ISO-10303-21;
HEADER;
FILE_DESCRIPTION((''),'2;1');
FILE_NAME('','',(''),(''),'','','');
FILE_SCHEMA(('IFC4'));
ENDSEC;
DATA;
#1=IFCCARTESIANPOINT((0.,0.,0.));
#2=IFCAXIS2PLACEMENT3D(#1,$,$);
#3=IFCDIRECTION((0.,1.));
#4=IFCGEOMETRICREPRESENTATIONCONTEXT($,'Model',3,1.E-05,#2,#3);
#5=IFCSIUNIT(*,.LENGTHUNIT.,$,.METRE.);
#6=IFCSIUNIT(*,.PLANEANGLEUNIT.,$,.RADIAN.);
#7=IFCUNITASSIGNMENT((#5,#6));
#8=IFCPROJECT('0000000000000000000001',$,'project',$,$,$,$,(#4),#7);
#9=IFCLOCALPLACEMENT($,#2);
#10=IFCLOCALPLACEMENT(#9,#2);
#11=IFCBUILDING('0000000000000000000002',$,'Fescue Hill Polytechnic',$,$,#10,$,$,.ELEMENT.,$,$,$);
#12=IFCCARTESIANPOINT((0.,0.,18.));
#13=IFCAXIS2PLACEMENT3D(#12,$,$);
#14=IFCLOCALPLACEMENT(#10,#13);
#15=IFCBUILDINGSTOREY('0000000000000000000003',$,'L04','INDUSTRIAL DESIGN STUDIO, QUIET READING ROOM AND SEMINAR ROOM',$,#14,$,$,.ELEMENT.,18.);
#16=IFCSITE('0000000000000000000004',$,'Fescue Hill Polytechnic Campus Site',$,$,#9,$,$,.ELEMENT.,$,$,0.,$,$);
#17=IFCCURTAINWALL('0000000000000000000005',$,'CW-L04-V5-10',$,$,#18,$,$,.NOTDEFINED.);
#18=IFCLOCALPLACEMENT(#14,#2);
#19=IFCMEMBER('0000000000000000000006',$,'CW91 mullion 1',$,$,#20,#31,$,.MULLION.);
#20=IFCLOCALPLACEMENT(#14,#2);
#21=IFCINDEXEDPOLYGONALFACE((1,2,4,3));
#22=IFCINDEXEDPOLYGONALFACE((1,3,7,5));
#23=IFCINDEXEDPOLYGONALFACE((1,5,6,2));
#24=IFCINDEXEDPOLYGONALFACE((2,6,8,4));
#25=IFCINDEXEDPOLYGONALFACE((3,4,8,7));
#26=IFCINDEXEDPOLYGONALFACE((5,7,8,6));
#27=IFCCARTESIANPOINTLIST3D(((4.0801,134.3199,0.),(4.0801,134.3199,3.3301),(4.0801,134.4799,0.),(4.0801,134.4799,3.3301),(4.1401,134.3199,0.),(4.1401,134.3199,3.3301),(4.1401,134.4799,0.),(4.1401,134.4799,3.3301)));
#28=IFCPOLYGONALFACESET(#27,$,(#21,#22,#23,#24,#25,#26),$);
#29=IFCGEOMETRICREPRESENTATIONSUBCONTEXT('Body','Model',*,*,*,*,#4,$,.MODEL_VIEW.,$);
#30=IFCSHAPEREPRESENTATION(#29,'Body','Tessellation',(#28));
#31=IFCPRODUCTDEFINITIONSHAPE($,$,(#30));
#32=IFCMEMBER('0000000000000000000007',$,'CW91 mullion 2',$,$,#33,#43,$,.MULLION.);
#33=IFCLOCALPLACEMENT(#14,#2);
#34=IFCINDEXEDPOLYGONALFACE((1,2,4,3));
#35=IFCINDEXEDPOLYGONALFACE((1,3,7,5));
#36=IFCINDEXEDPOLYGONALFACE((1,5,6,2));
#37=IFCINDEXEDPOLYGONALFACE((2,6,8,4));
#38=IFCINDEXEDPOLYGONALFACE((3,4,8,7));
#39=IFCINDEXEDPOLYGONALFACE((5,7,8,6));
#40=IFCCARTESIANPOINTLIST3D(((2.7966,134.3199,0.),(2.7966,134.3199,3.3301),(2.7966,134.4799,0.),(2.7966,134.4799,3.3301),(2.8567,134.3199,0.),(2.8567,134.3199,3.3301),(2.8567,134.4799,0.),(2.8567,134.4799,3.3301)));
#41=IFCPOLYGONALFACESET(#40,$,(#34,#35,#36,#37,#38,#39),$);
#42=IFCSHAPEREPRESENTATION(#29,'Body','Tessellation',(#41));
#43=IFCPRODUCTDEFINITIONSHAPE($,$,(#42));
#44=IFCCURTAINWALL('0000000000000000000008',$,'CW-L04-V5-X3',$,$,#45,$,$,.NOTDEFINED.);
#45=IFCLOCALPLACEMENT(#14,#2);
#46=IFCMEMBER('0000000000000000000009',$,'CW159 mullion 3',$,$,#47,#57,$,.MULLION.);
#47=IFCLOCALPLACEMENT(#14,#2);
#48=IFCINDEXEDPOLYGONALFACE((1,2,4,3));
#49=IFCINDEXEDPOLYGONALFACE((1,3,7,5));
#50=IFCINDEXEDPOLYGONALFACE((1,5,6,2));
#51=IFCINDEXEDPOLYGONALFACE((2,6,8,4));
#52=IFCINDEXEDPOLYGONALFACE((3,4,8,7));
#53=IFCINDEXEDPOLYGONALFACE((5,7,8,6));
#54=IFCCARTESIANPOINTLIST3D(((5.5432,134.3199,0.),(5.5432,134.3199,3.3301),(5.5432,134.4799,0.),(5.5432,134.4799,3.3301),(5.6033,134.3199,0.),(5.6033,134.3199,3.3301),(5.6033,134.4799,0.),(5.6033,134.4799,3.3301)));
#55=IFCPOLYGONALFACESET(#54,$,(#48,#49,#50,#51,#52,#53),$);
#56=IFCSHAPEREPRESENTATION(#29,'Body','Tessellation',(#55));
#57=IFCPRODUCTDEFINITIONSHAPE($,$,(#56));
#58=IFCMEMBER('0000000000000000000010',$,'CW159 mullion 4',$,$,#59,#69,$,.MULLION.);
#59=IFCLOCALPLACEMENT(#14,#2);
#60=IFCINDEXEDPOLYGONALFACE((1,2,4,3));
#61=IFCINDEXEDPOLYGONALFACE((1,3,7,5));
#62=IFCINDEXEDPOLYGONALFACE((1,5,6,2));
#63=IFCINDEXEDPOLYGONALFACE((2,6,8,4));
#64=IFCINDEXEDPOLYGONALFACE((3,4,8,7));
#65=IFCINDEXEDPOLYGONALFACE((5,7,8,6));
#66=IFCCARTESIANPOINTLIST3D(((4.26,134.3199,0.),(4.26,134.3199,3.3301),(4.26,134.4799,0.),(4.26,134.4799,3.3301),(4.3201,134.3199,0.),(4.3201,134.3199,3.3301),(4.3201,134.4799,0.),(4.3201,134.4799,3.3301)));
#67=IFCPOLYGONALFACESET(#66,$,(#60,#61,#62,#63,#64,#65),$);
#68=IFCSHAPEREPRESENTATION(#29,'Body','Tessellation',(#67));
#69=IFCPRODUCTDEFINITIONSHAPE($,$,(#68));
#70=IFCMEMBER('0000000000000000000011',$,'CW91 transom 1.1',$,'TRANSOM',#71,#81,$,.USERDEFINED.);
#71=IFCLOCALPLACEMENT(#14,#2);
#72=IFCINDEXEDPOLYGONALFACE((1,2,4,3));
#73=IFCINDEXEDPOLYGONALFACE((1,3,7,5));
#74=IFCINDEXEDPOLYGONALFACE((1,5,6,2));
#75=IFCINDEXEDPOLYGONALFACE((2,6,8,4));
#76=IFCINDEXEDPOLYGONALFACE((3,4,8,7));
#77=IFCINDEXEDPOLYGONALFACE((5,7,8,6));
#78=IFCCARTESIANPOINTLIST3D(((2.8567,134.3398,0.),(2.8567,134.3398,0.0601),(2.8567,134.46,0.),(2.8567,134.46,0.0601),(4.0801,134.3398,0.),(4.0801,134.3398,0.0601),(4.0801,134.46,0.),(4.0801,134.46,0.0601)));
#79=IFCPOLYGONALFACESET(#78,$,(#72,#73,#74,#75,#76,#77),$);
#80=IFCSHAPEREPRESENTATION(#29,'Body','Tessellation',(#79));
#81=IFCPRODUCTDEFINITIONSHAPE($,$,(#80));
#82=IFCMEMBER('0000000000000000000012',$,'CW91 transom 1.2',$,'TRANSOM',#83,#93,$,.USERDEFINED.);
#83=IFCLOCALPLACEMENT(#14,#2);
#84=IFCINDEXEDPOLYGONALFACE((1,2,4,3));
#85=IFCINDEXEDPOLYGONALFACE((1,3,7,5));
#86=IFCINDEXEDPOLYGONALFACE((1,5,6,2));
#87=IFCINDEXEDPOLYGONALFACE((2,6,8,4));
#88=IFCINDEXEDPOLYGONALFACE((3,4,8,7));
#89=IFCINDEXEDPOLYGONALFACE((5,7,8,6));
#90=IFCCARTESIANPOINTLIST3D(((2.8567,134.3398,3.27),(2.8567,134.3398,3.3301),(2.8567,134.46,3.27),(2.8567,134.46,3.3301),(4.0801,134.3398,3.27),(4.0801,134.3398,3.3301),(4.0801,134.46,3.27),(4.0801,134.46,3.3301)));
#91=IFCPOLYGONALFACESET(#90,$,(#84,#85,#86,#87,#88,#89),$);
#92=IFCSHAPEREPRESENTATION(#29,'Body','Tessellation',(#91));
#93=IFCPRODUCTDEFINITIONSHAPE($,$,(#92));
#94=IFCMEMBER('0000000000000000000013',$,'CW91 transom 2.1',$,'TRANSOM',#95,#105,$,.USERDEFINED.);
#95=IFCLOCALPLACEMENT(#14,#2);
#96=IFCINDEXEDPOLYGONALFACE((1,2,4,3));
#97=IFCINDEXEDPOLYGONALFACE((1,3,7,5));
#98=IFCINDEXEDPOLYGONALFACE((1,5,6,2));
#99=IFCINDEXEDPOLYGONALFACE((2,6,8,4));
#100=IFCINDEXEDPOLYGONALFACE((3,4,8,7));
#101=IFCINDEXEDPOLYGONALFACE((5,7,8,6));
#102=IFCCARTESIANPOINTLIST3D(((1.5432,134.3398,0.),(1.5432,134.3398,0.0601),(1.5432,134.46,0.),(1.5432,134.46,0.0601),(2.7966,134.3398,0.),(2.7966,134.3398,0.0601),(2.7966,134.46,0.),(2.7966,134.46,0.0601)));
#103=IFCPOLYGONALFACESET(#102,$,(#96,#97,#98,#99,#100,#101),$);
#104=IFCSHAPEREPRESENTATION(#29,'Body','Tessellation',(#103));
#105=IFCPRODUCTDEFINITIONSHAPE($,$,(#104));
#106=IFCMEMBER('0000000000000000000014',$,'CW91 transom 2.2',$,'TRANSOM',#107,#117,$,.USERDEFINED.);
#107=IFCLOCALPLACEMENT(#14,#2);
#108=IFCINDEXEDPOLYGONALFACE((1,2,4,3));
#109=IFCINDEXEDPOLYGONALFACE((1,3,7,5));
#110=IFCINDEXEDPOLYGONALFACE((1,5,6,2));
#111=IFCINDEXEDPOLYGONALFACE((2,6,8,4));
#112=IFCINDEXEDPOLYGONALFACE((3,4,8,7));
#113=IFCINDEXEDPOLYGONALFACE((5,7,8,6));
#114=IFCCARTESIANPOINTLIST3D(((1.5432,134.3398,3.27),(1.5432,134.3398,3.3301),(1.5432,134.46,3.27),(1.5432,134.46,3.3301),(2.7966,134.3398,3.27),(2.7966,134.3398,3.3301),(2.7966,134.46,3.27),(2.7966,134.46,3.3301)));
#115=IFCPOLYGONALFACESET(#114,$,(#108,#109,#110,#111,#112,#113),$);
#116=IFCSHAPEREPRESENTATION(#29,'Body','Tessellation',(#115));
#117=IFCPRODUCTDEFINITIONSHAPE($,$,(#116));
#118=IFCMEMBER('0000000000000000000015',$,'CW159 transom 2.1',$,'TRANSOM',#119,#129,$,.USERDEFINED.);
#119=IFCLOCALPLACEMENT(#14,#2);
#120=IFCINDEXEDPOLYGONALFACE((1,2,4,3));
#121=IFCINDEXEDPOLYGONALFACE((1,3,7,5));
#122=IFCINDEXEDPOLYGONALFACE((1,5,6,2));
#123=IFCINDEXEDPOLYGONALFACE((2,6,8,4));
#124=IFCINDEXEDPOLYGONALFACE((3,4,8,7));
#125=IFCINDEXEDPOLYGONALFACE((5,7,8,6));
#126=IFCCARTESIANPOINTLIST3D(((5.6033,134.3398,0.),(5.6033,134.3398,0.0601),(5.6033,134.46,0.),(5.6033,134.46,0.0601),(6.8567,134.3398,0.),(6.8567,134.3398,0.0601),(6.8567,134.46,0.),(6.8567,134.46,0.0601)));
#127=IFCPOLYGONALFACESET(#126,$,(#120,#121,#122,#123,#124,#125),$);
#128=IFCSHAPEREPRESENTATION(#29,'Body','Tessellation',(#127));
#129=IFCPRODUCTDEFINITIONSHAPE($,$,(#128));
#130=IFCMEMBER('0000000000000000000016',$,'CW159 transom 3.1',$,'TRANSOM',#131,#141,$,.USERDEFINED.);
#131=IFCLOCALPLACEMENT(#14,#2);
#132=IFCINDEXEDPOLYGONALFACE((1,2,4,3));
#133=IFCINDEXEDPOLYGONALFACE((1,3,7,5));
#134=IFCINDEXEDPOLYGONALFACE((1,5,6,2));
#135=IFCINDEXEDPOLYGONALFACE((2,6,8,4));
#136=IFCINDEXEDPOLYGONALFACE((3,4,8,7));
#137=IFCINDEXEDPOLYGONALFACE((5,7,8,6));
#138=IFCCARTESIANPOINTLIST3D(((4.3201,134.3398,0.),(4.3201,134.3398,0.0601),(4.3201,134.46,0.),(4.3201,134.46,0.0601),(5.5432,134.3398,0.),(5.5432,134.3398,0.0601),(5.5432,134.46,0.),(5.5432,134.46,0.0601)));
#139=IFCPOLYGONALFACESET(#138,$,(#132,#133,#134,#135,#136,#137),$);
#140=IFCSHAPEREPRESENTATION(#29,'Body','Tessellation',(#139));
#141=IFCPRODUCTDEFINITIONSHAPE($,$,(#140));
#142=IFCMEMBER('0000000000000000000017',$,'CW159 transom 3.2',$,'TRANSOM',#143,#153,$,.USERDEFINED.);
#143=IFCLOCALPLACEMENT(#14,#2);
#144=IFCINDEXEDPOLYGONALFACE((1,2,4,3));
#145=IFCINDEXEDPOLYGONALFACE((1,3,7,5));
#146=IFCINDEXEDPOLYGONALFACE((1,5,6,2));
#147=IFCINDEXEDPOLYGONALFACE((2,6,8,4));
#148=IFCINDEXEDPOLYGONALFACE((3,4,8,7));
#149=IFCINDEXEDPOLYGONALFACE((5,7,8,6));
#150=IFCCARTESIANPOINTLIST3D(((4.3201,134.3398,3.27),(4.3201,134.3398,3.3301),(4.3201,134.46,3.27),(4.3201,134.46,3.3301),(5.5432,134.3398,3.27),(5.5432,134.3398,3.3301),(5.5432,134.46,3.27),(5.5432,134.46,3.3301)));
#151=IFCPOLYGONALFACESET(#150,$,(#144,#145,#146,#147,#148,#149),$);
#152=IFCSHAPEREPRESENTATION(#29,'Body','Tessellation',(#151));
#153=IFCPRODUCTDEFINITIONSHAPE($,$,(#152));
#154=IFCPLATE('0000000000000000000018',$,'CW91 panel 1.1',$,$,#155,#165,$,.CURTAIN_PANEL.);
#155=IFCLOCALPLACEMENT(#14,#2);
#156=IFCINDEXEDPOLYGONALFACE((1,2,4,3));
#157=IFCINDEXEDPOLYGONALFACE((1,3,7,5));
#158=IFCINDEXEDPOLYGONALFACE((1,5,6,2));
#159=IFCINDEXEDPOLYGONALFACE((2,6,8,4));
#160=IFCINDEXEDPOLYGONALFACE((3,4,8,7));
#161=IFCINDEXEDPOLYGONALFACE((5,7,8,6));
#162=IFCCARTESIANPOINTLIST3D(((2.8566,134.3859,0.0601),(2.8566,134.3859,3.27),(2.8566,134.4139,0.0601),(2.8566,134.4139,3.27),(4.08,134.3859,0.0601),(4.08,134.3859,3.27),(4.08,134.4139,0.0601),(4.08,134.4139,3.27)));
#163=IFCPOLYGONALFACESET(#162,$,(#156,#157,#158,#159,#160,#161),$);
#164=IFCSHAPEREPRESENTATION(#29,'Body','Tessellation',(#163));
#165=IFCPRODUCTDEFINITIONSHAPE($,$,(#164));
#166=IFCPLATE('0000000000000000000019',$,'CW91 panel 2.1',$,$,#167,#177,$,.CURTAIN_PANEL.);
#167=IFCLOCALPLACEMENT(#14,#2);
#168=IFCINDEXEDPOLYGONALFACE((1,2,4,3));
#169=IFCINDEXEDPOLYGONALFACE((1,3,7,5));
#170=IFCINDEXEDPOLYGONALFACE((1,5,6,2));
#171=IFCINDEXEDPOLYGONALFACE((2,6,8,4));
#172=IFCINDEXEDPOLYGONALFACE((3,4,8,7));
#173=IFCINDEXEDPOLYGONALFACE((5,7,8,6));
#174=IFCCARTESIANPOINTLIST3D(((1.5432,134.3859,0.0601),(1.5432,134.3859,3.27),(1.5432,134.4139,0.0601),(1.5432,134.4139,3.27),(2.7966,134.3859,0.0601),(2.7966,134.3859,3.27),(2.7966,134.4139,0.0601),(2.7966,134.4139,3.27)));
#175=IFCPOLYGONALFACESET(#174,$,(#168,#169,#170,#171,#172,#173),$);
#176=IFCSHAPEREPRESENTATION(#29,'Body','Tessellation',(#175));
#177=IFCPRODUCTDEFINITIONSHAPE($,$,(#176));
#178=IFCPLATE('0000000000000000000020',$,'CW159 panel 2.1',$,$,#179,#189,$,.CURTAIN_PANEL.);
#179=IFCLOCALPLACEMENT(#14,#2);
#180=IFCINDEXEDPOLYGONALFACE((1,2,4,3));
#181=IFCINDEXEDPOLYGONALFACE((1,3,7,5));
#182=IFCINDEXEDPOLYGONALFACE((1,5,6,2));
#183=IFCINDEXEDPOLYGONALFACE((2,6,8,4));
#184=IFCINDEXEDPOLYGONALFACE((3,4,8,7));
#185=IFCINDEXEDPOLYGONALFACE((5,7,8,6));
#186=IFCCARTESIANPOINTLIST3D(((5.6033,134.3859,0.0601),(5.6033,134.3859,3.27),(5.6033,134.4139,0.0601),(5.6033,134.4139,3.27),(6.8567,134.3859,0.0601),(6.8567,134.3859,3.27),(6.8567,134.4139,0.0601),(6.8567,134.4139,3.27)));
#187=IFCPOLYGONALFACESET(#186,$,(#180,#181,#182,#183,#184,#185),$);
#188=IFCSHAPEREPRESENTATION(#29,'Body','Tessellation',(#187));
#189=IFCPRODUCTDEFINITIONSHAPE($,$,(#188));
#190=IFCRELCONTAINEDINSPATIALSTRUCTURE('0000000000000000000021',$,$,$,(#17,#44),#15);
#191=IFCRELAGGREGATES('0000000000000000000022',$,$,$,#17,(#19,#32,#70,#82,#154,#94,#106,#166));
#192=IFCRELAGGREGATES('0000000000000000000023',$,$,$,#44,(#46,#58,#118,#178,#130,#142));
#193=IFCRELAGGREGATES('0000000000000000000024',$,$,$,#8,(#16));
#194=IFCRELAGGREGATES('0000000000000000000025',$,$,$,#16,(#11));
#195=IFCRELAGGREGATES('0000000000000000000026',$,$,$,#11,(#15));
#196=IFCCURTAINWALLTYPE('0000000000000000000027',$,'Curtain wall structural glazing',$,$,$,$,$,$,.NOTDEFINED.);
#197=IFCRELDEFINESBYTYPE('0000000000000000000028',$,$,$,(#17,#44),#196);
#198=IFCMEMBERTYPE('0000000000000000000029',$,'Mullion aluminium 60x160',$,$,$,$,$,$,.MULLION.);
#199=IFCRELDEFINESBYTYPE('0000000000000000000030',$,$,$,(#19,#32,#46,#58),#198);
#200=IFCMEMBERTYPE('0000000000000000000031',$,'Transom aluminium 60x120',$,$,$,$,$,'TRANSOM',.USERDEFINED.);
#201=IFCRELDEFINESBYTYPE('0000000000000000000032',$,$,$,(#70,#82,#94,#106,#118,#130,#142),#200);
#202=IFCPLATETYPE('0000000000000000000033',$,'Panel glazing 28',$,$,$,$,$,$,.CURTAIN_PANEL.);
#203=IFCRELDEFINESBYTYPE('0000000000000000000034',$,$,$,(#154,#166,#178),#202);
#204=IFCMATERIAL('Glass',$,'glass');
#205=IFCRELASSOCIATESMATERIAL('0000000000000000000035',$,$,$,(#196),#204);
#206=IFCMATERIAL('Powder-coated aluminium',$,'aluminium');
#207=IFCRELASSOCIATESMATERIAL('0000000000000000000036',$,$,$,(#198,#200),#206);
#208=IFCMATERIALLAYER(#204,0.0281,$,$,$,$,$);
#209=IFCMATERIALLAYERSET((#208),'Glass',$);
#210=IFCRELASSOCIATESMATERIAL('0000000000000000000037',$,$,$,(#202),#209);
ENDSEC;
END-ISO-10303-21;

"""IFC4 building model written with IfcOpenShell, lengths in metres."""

from ifc_helpers import new_model, si_unit, direction, frame, origin, origin_2d, place, context, subcontext, project, spatial, rectangle, extrude, material, layer, layer_set, material_profile, profile_set, type_object, element, aggregate, save


model = new_model("IFC4")

# Units and contexts
model_context = context("Model", 3, precision=1e-05, world=origin(), true_north=direction((0.0, 1.0)))
body_context = subcontext(model_context, "Body", "Model", "MODEL_VIEW")
ifc_project = project(units=[si_unit("LENGTHUNIT", "METRE"), si_unit("PLANEANGLEUNIT", "RADIAN")], contexts=[model_context])

# Site, building, storey
site_placement = place(None, origin())
site = spatial("IfcSite", under=ifc_project, at=site_placement, Name="Fescue Hill Polytechnic Campus Site", CompositionType="ELEMENT", RefElevation=0.0)
building_placement = place(site_placement, origin())
building = spatial("IfcBuilding", under=site, at=building_placement, Name="Fescue Hill Polytechnic", CompositionType="ELEMENT")
storey_placement = place(building_placement, frame((0.0, 0.0, 18.0)))
storey = spatial("IfcBuildingStorey", under=building, at=storey_placement, Name="L04", Description="INDUSTRIAL DESIGN STUDIO, QUIET READING ROOM AND SEMINAR ROOM", CompositionType="ELEMENT", Elevation=18.0)

# Curtain walls, members
ifc_material_1 = material(Name="Glass", Category="glass")
curtain_wall_type = type_object("IfcCurtainWallType", Name="Curtain wall structural glazing", PredefinedType="NOTDEFINED", material=ifc_material_1)
curtain_wall_1_placement = place(storey_placement, origin())
curtain_wall_1 = element("IfcCurtainWall", 1, at=curtain_wall_1_placement, inside=storey, type_object=curtain_wall_type, Name="CW-L04-V5-10", PredefinedType="NOTDEFINED")
ifc_material_2 = material(Name="Powder-coated aluminium", Category="aluminium")
ifc_material_profile_1 = material_profile(ifc_material_2, rectangle(XDim=0.1599, YDim=0.0601, at=origin_2d()), Name="Mullion aluminium 60x160")
ifc_profile_set_1 = profile_set([ifc_material_profile_1], Name="Powder-coated aluminium")
member_type_1 = type_object("IfcMemberType", Name="Mullion aluminium 60x160", PredefinedType="MULLION", material=ifc_profile_set_1)
member_1_placement = place(storey_placement, frame((4.1101, 134.3999, 0.0), z_axis=(0.0, 0.0, 1.0), x_axis=(0.0, -1.0, 0.0)))
member_1 = element("IfcMember", 2, at=member_1_placement, type_object=member_type_1, Name="CW91 mullion 1", PredefinedType="MULLION", context=body_context, shape_type="SweptSolid", body=[
    extrude(rectangle(XDim=0.1599, YDim=0.0601, at=origin_2d()), origin(), (0.0, 0.0, 1.0), 3.3301),
])
member_2_placement = place(storey_placement, frame((2.8267, 134.3999, 0.0), z_axis=(0.0, 0.0, 1.0), x_axis=(0.0, -1.0, 0.0)))
member_2 = element("IfcMember", 3, at=member_2_placement, type_object=member_type_1, Name="CW91 mullion 2", PredefinedType="MULLION", context=body_context, shape_type="SweptSolid", body=[
    extrude(rectangle(XDim=0.1599, YDim=0.0601, at=origin_2d()), origin(), (0.0, 0.0, 1.0), 3.3301),
])
curtain_wall_2_placement = place(storey_placement, origin())
curtain_wall_2 = element("IfcCurtainWall", 4, at=curtain_wall_2_placement, inside=storey, type_object=curtain_wall_type, Name="CW-L04-V5-X3", PredefinedType="NOTDEFINED")
member_3_placement = place(storey_placement, frame((5.5732, 134.3999, 0.0), z_axis=(0.0, 0.0, 1.0), x_axis=(0.0, -1.0, 0.0)))
member_3 = element("IfcMember", 5, at=member_3_placement, type_object=member_type_1, Name="CW159 mullion 3", PredefinedType="MULLION", context=body_context, shape_type="SweptSolid", body=[
    extrude(rectangle(XDim=0.1599, YDim=0.0601, at=origin_2d()), origin(), (0.0, 0.0, 1.0), 3.3301),
])
member_4_placement = place(storey_placement, frame((4.29, 134.3999, 0.0), z_axis=(0.0, 0.0, 1.0), x_axis=(0.0, -1.0, 0.0)))
member_4 = element("IfcMember", 6, at=member_4_placement, type_object=member_type_1, Name="CW159 mullion 4", PredefinedType="MULLION", context=body_context, shape_type="SweptSolid", body=[
    extrude(rectangle(XDim=0.1599, YDim=0.0601, at=origin_2d()), origin(), (0.0, 0.0, 1.0), 3.3301),
])

# Members
ifc_material_profile_2 = material_profile(ifc_material_2, rectangle(XDim=0.1201, YDim=0.0601, at=origin_2d()), Name="Transom aluminium 60x120")
ifc_profile_set_2 = profile_set([ifc_material_profile_2], Name="Powder-coated aluminium")
member_type_2 = type_object("IfcMemberType", Name="Transom aluminium 60x120", ElementType="TRANSOM", PredefinedType="USERDEFINED", material=ifc_profile_set_2)
member_5_placement = place(storey_placement, frame((4.0801, 134.3999, 0.03), z_axis=(-1.0, 0.0, 0.0), x_axis=(0.0, -1.0, 0.0)))
member_5 = element("IfcMember", 7, at=member_5_placement, type_object=member_type_2, Name="CW91 transom 1.1", ObjectType="TRANSOM", PredefinedType="USERDEFINED", context=body_context, shape_type="SweptSolid", body=[
    extrude(rectangle(XDim=0.1201, YDim=0.0601, at=origin_2d()), origin(), (0.0, 0.0, 1.0), 1.2234),
])
member_6_placement = place(storey_placement, frame((4.0801, 134.3999, 3.3), z_axis=(-1.0, 0.0, 0.0), x_axis=(0.0, -1.0, 0.0)))
member_6 = element("IfcMember", 8, at=member_6_placement, type_object=member_type_2, Name="CW91 transom 1.2", ObjectType="TRANSOM", PredefinedType="USERDEFINED", context=body_context, shape_type="SweptSolid", body=[
    extrude(rectangle(XDim=0.1201, YDim=0.0601, at=origin_2d()), origin(), (0.0, 0.0, 1.0), 1.2234),
])
member_7_placement = place(storey_placement, frame((2.7966, 134.3999, 0.03), z_axis=(-1.0, 0.0, 0.0), x_axis=(0.0, -1.0, 0.0)))
member_7 = element("IfcMember", 9, at=member_7_placement, type_object=member_type_2, Name="CW91 transom 2.1", ObjectType="TRANSOM", PredefinedType="USERDEFINED", context=body_context, shape_type="SweptSolid", body=[
    extrude(rectangle(XDim=0.1201, YDim=0.0601, at=origin_2d()), origin(), (0.0, 0.0, 1.0), 1.2534),
])
member_8_placement = place(storey_placement, frame((2.7966, 134.3999, 3.3), z_axis=(-1.0, 0.0, 0.0), x_axis=(0.0, -1.0, 0.0)))
member_8 = element("IfcMember", 10, at=member_8_placement, type_object=member_type_2, Name="CW91 transom 2.2", ObjectType="TRANSOM", PredefinedType="USERDEFINED", context=body_context, shape_type="SweptSolid", body=[
    extrude(rectangle(XDim=0.1201, YDim=0.0601, at=origin_2d()), origin(), (0.0, 0.0, 1.0), 1.2534),
])
member_9_placement = place(storey_placement, frame((6.8567, 134.3999, 0.03), z_axis=(-1.0, 0.0, 0.0), x_axis=(0.0, -1.0, 0.0)))
member_9 = element("IfcMember", 11, at=member_9_placement, type_object=member_type_2, Name="CW159 transom 2.1", ObjectType="TRANSOM", PredefinedType="USERDEFINED", context=body_context, shape_type="SweptSolid", body=[
    extrude(rectangle(XDim=0.1201, YDim=0.0601, at=origin_2d()), origin(), (0.0, 0.0, 1.0), 1.2534),
])
member_10_placement = place(storey_placement, frame((5.5432, 134.3999, 0.03), z_axis=(-1.0, 0.0, 0.0), x_axis=(0.0, -1.0, 0.0)))
member_10 = element("IfcMember", 12, at=member_10_placement, type_object=member_type_2, Name="CW159 transom 3.1", ObjectType="TRANSOM", PredefinedType="USERDEFINED", context=body_context, shape_type="SweptSolid", body=[
    extrude(rectangle(XDim=0.1201, YDim=0.0601, at=origin_2d()), origin(), (0.0, 0.0, 1.0), 1.2231),
])
member_11_placement = place(storey_placement, frame((5.5432, 134.3999, 3.3), z_axis=(-1.0, 0.0, 0.0), x_axis=(0.0, -1.0, 0.0)))
member_11 = element("IfcMember", 13, at=member_11_placement, type_object=member_type_2, Name="CW159 transom 3.2", ObjectType="TRANSOM", PredefinedType="USERDEFINED", context=body_context, shape_type="SweptSolid", body=[
    extrude(rectangle(XDim=0.1201, YDim=0.0601, at=origin_2d()), origin(), (0.0, 0.0, 1.0), 1.2231),
])

# Plates
ifc_layer_1 = layer(ifc_material_1, 0.0281)
ifc_layer_set_1 = layer_set([ifc_layer_1], Name="Glass")
plate_type = type_object("IfcPlateType", Name="Panel glazing 28", PredefinedType="CURTAIN_PANEL", material=ifc_layer_set_1)
plate_1_placement = place(storey_placement, frame((3.4683, 134.3999, 0.0601), z_axis=(0.0, 0.0, 1.0), x_axis=(-1.0, 0.0, 0.0)))
plate_1 = element("IfcPlate", 14, at=plate_1_placement, type_object=plate_type, Name="CW91 panel 1.1", PredefinedType="CURTAIN_PANEL", context=body_context, shape_type="SweptSolid", body=[
    extrude(rectangle(XDim=1.2234, YDim=0.0281, at=origin_2d()), origin(), (0.0, 0.0, 1.0), 3.21),
])
plate_2_placement = place(storey_placement, frame((2.1699, 134.3999, 0.0601), z_axis=(0.0, 0.0, 1.0), x_axis=(-1.0, 0.0, 0.0)))
plate_2 = element("IfcPlate", 15, at=plate_2_placement, type_object=plate_type, Name="CW91 panel 2.1", PredefinedType="CURTAIN_PANEL", context=body_context, shape_type="SweptSolid", body=[
    extrude(rectangle(XDim=1.2534, YDim=0.0281, at=origin_2d()), origin(), (0.0, 0.0, 1.0), 3.21),
])
aggregate(curtain_wall_1, [member_1, member_2, member_5, member_6, plate_1, member_7, member_8, plate_2])
plate_3_placement = place(storey_placement, frame((6.23, 134.3999, 0.0601), z_axis=(0.0, 0.0, 1.0), x_axis=(-1.0, 0.0, 0.0)))
plate_3 = element("IfcPlate", 16, at=plate_3_placement, type_object=plate_type, Name="CW159 panel 2.1", PredefinedType="CURTAIN_PANEL", context=body_context, shape_type="SweptSolid", body=[
    extrude(rectangle(XDim=1.2534, YDim=0.0281, at=origin_2d()), origin(), (0.0, 0.0, 1.0), 3.21),
])
aggregate(curtain_wall_2, [member_3, member_4, member_9, plate_3, member_10, member_11])

save(model, "model.ifc")
